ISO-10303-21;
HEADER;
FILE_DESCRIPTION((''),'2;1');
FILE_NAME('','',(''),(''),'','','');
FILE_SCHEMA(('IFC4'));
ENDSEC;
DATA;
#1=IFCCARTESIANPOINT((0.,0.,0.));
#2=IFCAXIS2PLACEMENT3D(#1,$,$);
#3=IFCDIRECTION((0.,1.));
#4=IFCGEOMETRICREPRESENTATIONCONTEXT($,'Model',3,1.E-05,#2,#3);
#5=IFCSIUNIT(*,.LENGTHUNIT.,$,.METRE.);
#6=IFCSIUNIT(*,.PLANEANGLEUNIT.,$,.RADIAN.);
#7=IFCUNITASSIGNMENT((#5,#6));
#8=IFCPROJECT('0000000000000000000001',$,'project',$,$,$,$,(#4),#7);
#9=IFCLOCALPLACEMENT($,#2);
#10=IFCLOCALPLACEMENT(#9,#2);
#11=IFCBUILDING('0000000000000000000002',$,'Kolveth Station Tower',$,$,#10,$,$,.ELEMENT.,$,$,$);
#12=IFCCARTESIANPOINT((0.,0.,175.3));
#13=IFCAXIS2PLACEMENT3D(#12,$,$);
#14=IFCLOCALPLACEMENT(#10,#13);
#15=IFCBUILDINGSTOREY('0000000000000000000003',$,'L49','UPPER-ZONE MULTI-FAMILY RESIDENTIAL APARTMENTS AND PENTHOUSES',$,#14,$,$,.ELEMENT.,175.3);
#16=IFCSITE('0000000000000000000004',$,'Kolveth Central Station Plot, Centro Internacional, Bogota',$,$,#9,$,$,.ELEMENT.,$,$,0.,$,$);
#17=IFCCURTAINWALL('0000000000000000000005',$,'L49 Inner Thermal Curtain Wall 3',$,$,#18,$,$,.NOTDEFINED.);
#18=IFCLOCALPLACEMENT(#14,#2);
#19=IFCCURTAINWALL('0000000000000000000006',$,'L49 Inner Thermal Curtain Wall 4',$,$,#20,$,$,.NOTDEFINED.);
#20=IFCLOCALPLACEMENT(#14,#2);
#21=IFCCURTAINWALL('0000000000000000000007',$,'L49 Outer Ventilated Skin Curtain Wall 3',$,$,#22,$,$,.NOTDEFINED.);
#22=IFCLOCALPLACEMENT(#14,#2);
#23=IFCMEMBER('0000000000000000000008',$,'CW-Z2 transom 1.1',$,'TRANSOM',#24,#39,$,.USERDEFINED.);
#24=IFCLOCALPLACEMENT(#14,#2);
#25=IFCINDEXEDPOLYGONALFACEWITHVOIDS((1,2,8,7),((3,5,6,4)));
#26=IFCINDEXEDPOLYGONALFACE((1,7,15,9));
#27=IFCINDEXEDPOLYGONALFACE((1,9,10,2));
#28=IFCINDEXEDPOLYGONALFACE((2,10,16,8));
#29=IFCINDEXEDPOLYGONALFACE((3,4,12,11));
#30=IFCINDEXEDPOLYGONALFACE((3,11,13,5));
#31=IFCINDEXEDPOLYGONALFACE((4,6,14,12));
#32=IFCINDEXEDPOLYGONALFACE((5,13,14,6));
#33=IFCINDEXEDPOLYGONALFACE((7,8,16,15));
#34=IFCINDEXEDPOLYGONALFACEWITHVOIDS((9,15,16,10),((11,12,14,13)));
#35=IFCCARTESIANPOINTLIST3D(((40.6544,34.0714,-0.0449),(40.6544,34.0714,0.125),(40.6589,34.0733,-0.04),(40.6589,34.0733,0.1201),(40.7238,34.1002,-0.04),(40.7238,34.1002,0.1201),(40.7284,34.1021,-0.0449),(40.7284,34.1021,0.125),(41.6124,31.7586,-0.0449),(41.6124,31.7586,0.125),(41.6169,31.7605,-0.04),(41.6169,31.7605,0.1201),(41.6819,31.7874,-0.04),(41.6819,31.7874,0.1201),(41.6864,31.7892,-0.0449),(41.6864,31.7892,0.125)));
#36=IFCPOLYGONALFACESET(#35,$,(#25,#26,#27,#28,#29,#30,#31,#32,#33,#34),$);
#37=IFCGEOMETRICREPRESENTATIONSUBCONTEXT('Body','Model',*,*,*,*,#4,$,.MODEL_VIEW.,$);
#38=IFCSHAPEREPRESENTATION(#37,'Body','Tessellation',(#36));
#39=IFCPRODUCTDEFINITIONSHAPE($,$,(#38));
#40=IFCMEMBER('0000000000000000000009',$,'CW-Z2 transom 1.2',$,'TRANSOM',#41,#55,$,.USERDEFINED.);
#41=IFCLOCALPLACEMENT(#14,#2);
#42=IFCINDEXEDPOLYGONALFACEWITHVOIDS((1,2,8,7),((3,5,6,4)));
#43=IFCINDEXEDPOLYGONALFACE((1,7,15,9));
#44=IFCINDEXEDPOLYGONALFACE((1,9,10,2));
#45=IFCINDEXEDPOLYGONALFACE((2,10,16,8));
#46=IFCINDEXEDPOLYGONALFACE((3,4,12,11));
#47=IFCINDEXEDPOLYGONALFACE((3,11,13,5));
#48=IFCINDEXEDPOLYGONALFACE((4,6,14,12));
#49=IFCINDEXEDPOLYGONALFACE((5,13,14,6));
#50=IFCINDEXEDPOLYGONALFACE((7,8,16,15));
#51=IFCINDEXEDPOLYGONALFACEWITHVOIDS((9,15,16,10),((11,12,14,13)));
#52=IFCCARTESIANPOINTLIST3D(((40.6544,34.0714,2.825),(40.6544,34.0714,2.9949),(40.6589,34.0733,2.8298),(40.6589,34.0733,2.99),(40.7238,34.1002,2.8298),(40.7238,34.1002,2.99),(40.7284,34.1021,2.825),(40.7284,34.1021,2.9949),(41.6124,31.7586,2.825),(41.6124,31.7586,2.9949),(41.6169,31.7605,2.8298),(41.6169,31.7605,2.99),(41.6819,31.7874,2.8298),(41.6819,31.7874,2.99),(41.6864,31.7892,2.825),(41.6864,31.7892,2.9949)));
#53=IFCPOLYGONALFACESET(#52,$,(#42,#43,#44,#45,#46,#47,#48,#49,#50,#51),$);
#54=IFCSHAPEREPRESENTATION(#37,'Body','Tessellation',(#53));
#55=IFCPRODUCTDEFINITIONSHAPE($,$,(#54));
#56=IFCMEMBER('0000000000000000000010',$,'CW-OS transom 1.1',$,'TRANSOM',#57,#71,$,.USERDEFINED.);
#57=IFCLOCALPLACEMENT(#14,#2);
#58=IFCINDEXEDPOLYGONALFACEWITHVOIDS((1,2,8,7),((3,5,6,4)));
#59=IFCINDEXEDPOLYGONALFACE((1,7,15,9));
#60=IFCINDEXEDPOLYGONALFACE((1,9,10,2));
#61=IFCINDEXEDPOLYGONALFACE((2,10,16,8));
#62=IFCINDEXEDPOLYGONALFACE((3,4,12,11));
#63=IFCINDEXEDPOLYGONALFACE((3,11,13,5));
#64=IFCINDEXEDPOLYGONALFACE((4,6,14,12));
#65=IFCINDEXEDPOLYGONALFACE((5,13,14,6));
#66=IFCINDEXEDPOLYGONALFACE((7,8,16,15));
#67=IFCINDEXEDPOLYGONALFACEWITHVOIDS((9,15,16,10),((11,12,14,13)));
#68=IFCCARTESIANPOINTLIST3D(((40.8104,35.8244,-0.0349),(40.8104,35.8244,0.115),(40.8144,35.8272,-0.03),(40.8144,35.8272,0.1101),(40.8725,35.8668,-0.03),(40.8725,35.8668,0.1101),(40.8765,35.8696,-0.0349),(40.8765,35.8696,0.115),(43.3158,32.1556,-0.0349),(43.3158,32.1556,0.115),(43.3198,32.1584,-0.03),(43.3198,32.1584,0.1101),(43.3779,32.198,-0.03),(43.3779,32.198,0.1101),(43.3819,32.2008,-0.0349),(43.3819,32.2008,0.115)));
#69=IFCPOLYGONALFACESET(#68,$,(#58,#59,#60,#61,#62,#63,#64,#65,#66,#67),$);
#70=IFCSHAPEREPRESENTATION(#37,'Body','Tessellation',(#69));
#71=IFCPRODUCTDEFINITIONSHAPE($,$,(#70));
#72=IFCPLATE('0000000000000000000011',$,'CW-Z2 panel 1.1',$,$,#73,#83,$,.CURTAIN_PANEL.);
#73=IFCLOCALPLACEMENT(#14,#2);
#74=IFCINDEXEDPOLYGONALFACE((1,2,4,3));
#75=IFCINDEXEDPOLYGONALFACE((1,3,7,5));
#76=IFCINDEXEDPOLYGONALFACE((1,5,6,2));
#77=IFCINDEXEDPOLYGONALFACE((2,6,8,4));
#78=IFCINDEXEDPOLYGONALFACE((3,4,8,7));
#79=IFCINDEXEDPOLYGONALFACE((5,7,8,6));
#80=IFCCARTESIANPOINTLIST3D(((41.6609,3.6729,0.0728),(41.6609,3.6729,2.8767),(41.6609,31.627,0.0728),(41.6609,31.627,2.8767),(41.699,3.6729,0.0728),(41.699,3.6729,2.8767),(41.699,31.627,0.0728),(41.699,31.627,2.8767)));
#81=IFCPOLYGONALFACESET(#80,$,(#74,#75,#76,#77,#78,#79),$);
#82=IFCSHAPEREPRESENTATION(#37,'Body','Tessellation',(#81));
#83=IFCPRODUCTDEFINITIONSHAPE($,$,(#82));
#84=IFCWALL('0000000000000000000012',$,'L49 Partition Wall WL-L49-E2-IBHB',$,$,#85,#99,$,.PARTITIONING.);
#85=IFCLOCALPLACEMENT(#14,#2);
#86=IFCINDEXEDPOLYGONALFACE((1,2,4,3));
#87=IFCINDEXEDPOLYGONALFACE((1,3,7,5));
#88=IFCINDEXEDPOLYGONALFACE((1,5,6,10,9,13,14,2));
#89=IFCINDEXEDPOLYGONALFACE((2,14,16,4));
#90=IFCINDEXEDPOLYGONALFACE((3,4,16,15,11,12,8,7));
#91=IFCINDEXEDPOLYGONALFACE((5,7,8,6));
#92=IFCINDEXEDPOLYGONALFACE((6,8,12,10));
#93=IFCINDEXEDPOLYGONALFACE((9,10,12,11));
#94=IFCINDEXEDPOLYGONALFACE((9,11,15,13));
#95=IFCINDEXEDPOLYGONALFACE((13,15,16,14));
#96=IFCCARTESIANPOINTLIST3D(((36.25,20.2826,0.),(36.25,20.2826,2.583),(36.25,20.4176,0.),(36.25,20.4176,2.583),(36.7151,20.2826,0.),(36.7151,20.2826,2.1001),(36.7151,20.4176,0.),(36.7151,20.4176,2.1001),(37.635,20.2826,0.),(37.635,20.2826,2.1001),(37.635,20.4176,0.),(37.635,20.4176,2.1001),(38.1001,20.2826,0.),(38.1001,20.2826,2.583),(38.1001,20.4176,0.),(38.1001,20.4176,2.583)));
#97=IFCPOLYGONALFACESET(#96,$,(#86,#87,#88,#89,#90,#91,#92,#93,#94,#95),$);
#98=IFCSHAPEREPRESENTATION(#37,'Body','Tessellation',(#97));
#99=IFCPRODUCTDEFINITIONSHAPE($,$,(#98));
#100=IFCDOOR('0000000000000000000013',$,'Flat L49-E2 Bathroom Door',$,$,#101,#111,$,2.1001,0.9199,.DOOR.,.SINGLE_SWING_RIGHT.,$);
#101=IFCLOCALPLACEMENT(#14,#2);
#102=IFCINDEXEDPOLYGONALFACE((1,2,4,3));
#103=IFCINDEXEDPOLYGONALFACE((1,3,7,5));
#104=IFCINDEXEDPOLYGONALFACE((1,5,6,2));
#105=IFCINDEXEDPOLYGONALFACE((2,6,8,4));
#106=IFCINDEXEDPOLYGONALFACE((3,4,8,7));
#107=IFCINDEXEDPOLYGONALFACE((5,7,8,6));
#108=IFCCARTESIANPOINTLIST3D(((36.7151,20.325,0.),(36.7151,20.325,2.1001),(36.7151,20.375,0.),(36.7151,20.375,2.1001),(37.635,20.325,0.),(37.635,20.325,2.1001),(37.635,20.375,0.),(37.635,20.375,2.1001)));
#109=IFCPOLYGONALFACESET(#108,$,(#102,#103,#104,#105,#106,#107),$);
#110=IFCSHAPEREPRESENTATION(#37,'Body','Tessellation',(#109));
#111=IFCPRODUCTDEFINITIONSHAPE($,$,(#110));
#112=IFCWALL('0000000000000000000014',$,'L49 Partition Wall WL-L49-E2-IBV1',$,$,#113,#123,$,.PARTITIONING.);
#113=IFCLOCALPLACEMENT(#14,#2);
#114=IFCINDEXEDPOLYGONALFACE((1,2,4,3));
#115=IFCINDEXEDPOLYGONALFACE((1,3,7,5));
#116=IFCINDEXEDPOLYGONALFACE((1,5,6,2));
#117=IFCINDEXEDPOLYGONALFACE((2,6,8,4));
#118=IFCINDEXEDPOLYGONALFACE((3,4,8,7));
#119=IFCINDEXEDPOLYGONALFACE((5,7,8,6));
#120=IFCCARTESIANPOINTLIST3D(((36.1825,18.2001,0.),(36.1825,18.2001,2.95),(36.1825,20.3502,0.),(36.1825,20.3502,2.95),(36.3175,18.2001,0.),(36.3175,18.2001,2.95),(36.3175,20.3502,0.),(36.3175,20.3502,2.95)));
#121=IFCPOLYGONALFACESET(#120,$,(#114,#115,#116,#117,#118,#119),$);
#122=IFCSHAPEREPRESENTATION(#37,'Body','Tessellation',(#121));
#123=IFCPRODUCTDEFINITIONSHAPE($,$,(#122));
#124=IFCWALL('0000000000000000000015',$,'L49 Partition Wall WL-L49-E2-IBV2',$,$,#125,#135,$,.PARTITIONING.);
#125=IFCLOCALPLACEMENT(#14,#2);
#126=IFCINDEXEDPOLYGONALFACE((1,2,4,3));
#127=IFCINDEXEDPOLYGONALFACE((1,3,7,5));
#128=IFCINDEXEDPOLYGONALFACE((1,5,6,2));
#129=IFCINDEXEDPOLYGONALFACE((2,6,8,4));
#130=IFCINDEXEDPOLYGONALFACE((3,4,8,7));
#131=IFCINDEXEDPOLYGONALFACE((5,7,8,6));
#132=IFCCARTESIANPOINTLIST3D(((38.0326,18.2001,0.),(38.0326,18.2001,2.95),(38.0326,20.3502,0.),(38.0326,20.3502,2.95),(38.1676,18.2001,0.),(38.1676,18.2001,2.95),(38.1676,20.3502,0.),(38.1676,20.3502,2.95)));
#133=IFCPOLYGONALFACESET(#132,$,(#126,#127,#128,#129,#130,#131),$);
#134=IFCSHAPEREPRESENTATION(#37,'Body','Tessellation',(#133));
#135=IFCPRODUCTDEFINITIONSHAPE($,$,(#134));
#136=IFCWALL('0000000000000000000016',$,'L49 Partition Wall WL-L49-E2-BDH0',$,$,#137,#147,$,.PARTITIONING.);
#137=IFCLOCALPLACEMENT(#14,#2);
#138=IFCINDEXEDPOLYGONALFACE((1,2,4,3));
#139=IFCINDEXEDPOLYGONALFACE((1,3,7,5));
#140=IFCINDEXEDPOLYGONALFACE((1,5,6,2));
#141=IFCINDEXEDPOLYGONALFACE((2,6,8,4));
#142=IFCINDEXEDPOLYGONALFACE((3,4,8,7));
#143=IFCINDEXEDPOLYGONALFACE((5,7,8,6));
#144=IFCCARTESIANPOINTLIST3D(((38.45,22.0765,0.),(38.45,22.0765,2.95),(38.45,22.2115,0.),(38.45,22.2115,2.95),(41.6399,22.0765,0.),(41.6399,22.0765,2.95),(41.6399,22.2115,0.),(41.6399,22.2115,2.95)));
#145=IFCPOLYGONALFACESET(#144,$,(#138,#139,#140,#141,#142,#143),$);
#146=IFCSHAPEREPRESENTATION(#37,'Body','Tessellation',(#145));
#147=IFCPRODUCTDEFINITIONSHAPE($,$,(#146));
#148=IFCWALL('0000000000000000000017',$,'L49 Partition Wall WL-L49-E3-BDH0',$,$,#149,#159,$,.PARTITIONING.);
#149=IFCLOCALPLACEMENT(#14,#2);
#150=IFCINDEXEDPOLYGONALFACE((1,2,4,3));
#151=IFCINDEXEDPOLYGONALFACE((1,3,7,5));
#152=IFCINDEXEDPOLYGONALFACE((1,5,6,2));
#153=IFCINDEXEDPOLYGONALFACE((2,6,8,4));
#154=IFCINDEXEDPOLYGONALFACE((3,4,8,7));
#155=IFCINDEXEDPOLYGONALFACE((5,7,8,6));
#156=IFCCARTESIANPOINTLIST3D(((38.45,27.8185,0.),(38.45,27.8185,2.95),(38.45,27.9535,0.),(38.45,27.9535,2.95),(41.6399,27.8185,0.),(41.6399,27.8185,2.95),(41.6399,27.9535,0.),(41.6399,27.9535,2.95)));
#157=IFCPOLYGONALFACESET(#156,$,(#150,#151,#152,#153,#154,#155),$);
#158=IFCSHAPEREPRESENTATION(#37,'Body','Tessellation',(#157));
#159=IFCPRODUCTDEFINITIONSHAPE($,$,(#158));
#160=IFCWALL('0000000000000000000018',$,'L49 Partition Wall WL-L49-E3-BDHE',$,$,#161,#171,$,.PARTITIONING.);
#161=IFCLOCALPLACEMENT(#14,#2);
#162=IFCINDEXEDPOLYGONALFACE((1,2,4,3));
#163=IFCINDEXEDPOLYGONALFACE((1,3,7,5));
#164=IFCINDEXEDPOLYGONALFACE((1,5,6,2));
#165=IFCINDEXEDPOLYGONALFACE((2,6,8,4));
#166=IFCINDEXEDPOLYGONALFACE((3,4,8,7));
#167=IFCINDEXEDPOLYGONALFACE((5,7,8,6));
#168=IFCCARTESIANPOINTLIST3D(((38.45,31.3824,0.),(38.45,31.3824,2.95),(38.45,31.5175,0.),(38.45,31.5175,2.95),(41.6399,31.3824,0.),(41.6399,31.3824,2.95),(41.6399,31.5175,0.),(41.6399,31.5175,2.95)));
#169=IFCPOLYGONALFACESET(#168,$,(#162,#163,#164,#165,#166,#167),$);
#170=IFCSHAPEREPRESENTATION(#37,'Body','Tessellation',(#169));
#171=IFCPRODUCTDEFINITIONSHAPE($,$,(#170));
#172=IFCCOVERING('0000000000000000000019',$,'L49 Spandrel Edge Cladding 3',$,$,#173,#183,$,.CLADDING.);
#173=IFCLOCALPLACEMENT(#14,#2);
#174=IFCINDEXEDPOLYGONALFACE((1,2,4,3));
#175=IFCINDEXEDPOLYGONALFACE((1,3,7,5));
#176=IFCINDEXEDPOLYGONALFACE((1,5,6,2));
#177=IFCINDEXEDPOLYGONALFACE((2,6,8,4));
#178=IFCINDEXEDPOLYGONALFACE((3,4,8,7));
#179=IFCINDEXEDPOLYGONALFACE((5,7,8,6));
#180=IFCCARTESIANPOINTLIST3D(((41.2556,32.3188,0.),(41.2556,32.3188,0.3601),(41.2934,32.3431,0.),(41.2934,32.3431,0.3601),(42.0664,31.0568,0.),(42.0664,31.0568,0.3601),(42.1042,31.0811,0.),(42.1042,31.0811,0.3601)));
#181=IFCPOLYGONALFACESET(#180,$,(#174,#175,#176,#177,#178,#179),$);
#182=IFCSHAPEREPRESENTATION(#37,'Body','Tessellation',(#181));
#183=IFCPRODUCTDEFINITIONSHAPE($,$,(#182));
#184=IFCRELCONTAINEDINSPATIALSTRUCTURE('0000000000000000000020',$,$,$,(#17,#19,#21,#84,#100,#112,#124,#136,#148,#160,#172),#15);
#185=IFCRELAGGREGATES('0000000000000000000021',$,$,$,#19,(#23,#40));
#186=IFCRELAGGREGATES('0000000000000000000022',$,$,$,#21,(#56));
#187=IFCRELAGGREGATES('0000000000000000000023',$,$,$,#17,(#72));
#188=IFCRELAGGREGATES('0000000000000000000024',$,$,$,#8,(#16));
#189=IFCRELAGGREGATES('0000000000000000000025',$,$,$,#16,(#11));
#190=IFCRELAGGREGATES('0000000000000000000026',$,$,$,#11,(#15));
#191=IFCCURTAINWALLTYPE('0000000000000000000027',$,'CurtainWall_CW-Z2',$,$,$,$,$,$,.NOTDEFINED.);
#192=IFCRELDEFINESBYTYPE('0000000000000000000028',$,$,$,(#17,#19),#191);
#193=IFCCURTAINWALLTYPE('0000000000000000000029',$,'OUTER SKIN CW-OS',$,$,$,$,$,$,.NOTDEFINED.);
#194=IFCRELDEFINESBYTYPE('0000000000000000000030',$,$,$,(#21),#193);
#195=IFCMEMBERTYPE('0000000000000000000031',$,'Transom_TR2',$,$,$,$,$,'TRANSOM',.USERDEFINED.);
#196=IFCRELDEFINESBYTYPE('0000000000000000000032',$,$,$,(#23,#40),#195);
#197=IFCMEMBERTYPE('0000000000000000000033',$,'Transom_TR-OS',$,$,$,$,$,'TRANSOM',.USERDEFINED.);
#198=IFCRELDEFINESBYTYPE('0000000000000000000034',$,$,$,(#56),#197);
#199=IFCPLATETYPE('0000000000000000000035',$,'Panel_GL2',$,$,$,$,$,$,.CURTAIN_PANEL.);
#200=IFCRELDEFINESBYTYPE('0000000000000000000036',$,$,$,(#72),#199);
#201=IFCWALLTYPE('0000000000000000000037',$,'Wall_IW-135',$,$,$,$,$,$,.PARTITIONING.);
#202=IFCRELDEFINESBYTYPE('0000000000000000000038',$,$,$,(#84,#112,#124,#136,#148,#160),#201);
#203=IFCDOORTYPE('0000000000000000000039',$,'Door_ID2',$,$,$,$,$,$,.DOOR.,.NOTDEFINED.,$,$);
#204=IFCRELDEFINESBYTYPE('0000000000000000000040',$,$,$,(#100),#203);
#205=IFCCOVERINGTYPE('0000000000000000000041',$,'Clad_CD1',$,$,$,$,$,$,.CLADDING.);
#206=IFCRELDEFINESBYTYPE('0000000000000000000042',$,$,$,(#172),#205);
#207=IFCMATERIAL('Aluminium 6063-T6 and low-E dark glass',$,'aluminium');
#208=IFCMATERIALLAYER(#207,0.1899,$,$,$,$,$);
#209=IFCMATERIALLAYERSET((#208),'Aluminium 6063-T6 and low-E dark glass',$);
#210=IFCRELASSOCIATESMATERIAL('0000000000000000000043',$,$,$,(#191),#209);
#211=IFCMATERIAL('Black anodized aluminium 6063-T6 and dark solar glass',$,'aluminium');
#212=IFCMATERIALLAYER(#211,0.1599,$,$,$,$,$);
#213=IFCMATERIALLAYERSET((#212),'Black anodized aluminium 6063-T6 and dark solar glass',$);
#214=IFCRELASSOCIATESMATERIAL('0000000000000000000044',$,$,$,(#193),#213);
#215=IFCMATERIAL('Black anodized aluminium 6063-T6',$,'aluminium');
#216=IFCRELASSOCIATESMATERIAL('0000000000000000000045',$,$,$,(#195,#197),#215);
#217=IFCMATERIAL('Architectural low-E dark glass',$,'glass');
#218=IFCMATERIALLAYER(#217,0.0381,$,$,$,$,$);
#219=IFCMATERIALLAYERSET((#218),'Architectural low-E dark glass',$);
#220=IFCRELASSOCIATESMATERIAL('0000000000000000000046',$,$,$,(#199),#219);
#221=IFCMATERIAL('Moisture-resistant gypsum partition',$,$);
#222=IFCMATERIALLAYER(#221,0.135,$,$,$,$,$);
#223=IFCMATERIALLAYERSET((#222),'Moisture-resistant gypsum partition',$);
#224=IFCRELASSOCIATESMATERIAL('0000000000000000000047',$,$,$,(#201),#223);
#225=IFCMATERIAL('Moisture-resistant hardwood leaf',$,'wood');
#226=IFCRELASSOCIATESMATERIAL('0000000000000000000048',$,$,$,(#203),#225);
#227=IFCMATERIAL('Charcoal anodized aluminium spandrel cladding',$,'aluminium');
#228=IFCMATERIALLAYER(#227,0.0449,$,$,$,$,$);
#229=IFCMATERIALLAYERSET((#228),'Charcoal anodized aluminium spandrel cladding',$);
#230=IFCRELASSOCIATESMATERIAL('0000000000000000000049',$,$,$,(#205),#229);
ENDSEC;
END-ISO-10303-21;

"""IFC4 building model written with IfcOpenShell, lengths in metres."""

from ifc_helpers import new_model, si_unit, direction, frame, frame_2d, origin, origin_2d, place, context, subcontext, project, spatial, rectangle, hollow_rectangle, extrude, source, transform, mapped, material, layer, layer_set, material_profile, profile_set, type_object, element, fill, aggregate, save


model = new_model("IFC4")

# Units and contexts
model_context = context("Model", 3, precision=1e-05, world=origin(), true_north=direction((0.0, 1.0)))
body_context = subcontext(model_context, "Body", "Model", "MODEL_VIEW")
ifc_project = project(units=[si_unit("LENGTHUNIT", "METRE"), si_unit("PLANEANGLEUNIT", "RADIAN")], contexts=[model_context])

# Site, building, storey
site_placement = place(None, origin())
site = spatial("IfcSite", under=ifc_project, at=site_placement, Name="Kolveth Central Station Plot, Centro Internacional, Bogota", CompositionType="ELEMENT", RefElevation=0.0)
building_placement = place(site_placement, origin())
building = spatial("IfcBuilding", under=site, at=building_placement, Name="Kolveth Station Tower", CompositionType="ELEMENT")
storey_placement = place(building_placement, frame((0.0, 0.0, 175.3)))
storey = spatial("IfcBuildingStorey", under=building, at=storey_placement, Name="L49", Description="UPPER-ZONE MULTI-FAMILY RESIDENTIAL APARTMENTS AND PENTHOUSES", CompositionType="ELEMENT", Elevation=175.3)

# Curtain walls
ifc_material_1 = material(Name="Aluminium 6063-T6 and low-E dark glass", Category="aluminium")
ifc_layer_1 = layer(ifc_material_1, 0.1899)
ifc_layer_set_1 = layer_set([ifc_layer_1], Name="Aluminium 6063-T6 and low-E dark glass")
curtain_wall_type_1 = type_object("IfcCurtainWallType", Name="CurtainWall_CW-Z2", PredefinedType="NOTDEFINED", material=ifc_layer_set_1)
curtain_wall_1_placement = place(storey_placement, origin())
curtain_wall_1 = element("IfcCurtainWall", 1, at=curtain_wall_1_placement, inside=storey, type_object=curtain_wall_type_1, Name="L49 Inner Thermal Curtain Wall 3", PredefinedType="NOTDEFINED")
ifc_material_2 = material(Name="Black anodized aluminium 6063-T6", Category="aluminium")
curtain_wall_2_placement = place(storey_placement, origin())
curtain_wall_2 = element("IfcCurtainWall", 2, at=curtain_wall_2_placement, inside=storey, type_object=curtain_wall_type_1, Name="L49 Inner Thermal Curtain Wall 4", PredefinedType="NOTDEFINED")
ifc_material_3 = material(Name="Black anodized aluminium 6063-T6 and dark solar glass", Category="aluminium")
ifc_layer_2 = layer(ifc_material_3, 0.1599)
ifc_layer_set_2 = layer_set([ifc_layer_2], Name="Black anodized aluminium 6063-T6 and dark solar glass")
curtain_wall_type_2 = type_object("IfcCurtainWallType", Name="OUTER SKIN CW-OS", PredefinedType="NOTDEFINED", material=ifc_layer_set_2)
curtain_wall_3_placement = place(storey_placement, origin())
curtain_wall_3 = element("IfcCurtainWall", 3, at=curtain_wall_3_placement, inside=storey, type_object=curtain_wall_type_2, Name="L49 Outer Ventilated Skin Curtain Wall 3", PredefinedType="NOTDEFINED")

# Members
ifc_material_profile_1 = material_profile(ifc_material_2, hollow_rectangle(XDim=0.0801, YDim=0.1699, WallThickness=0.0049, at=origin_2d()), Name="ALU-80x170x5")
ifc_profile_set_1 = profile_set([ifc_material_profile_1], Name="Black anodized aluminium 6063-T6")
member_type_1 = type_object("IfcMemberType", Name="Transom_TR2", ElementType="TRANSOM", PredefinedType="USERDEFINED", material=ifc_profile_set_1)
shared_shape_1 = source(origin(), body_context, "Body", "SweptSolid", [
    extrude(hollow_rectangle(XDim=0.0801, YDim=0.1699, WallThickness=0.0049, at=origin_2d()), origin(), (0.0, 0.0, 1.0), 2.5034),
])
member_1_placement = place(storey_placement, frame((41.6494, 31.7739, 0.04), z_axis=(-0.382696, 0.923874, 0.0), x_axis=(-0.923874, -0.382696, 0.0)))
member_1 = element("IfcMember", 4, at=member_1_placement, type_object=member_type_1, Name="CW-Z2 transom 1.1", ObjectType="TRANSOM", PredefinedType="USERDEFINED", context=body_context, shape_type="MappedRepresentation", body=[
    mapped(shared_shape_1, transform((0.0, 0.0, 0.0), x_axis=(1.0, 0.0, 0.0), y_axis=(0.0, 1.0, 0.0), z_axis=(0.0, 0.0, 1.0), scale=1.0)),
])
member_2_placement = place(storey_placement, frame((41.6494, 31.7739, 2.9099), z_axis=(-0.382696, 0.923874, 0.0), x_axis=(-0.923874, -0.382696, 0.0)))
member_2 = element("IfcMember", 5, at=member_2_placement, type_object=member_type_1, Name="CW-Z2 transom 1.2", ObjectType="TRANSOM", PredefinedType="USERDEFINED", context=body_context, shape_type="MappedRepresentation", body=[
    mapped(shared_shape_1, transform((0.0, 0.0, 0.0), x_axis=(1.0, 0.0, 0.0), y_axis=(0.0, 1.0, 0.0), z_axis=(0.0, 0.0, 1.0), scale=1.0)),
])
aggregate(curtain_wall_2, [member_1, member_2])
ifc_material_profile_2 = material_profile(ifc_material_2, hollow_rectangle(XDim=0.0801, YDim=0.1499, WallThickness=0.0049, at=origin_2d()), Name="ALU-80x150x5")
ifc_profile_set_2 = profile_set([ifc_material_profile_2], Name="Black anodized aluminium 6063-T6")
member_type_2 = type_object("IfcMemberType", Name="Transom_TR-OS", ElementType="TRANSOM", PredefinedType="USERDEFINED", material=ifc_profile_set_2)
shared_shape_2 = source(origin(), body_context, "Body", "SweptSolid", [
    extrude(hollow_rectangle(XDim=0.0801, YDim=0.1499, WallThickness=0.0049, at=origin_2d()), origin(), (0.0, 0.0, 1.0), 4.4426),
])
member_3_placement = place(storey_placement, frame((43.3489, 32.1782, 0.04), z_axis=(-0.563949, 0.82581, 0.0), x_axis=(-0.82581, -0.563949, 0.0)))
member_3 = element("IfcMember", 6, at=member_3_placement, type_object=member_type_2, Name="CW-OS transom 1.1", ObjectType="TRANSOM", PredefinedType="USERDEFINED", context=body_context, shape_type="MappedRepresentation", body=[
    mapped(shared_shape_2, transform((0.0, 0.0, 0.0), x_axis=(1.0, 0.0, 0.0), y_axis=(0.0, 1.0, 0.0), z_axis=(0.0, 0.0, 1.0), scale=1.0)),
])
aggregate(curtain_wall_3, [member_3])

# Plate
ifc_material_4 = material(Name="Architectural low-E dark glass", Category="glass")
ifc_layer_3 = layer(ifc_material_4, 0.0381)
ifc_layer_set_3 = layer_set([ifc_layer_3], Name="Architectural low-E dark glass")
plate_type = type_object("IfcPlateType", Name="Panel_GL2", PredefinedType="CURTAIN_PANEL", material=ifc_layer_set_3)
shared_shape_3 = source(origin(), body_context, "Body", "SweptSolid", [
    extrude(rectangle(XDim=27.9541, YDim=0.0381, at=origin_2d()), origin(), (0.0, 0.0, 1.0), 2.804),
])
plate_placement = place(storey_placement, frame((41.6799, 17.6499, 0.0728), z_axis=(0.0, 0.0, 1.0), x_axis=(0.0, 1.0, 0.0)))
plate = element("IfcPlate", 7, at=plate_placement, type_object=plate_type, Name="CW-Z2 panel 1.1", PredefinedType="CURTAIN_PANEL", context=body_context, shape_type="MappedRepresentation", body=[
    mapped(shared_shape_3, transform((0.0, 0.0, 0.0), x_axis=(1.0, 0.0, 0.0), y_axis=(0.0, 1.0, 0.0), z_axis=(0.0, 0.0, 1.0), scale=1.0)),
])
aggregate(curtain_wall_1, [plate])

# Wall, opening, door
ifc_material_5 = material(Name="Moisture-resistant gypsum partition")
ifc_layer_4 = layer(ifc_material_5, 0.135)
ifc_layer_set_4 = layer_set([ifc_layer_4], Name="Moisture-resistant gypsum partition")
wall_type = type_object("IfcWallType", Name="Wall_IW-135", PredefinedType="PARTITIONING", material=ifc_layer_set_4)
wall_1_placement = place(storey_placement, frame((36.25, 20.3501, 0.0), z_axis=(0.0, 0.0, 1.0), x_axis=(1.0, 0.0, 0.0)))
wall_1 = element("IfcWall", 8, at=wall_1_placement, inside=storey, type_object=wall_type, Name="L49 Partition Wall WL-L49-E2-IBHB", PredefinedType="PARTITIONING", context=body_context, shape_type="SweptSolid", body=[
    extrude(rectangle(XDim=1.8501, YDim=0.135, at=frame_2d((0.925, 0.0))), origin(), (0.0, 0.0, 1.0), 2.583),
])
opening_1_placement = place(wall_1_placement, frame((0.4651, 0.0, 0.0)))
opening_1 = element("IfcOpeningElement", 9, at=opening_1_placement, cuts=wall_1, PredefinedType="OPENING", context=body_context, shape_type="SweptSolid", body=[
    extrude(rectangle(XDim=0.9199, YDim=2.1001, at=frame_2d((0.46, 1.05))), frame((0.0, 0.0774, 0.0), z_axis=(0.0, -1.0, 0.0), x_axis=(1.0, 0.0, 0.0)), (0.0, 0.0, 1.0), 0.155),
])
ifc_material_6 = material(Name="Moisture-resistant hardwood leaf", Category="wood")
door_type_1 = type_object("IfcDoorType", Name="Door_ID2", OperationType="NOTDEFINED", PredefinedType="DOOR", material=ifc_material_6)
door_1_placement = place(opening_1_placement, origin())
door_1 = element("IfcDoor", 10, at=door_1_placement, inside=storey, type_object=door_type_1, Name="Flat L49-E2 Bathroom Door", OperationType="SINGLE_SWING_RIGHT", OverallHeight=2.1001, OverallWidth=0.9199, PredefinedType="DOOR", context=body_context, shape_type="SweptSolid", body=[
    extrude(rectangle(XDim=0.9199, YDim=2.1001, at=frame_2d((0.46, 1.05))), frame((0.0, 0.0249, 0.0), z_axis=(0.0, -1.0, 0.0), x_axis=(1.0, 0.0, 0.0)), (0.0, 0.0, 1.0), 0.05),
])
fill(opening_1, door_1)

# Walls
for number, where, z_axis, x_axis, name in (
    (11, (36.25, 18.2, 0.0), (0.0, 0.0, 1.0), (0.0, 1.0, 0.0), "L49 Partition Wall WL-L49-E2-IBV1"),
    (12, (38.1001, 18.2, 0.0), (0.0, 0.0, 1.0), (0.0, 1.0, 0.0), "L49 Partition Wall WL-L49-E2-IBV2"),
):
    element("IfcWall", number, at=place(storey_placement, frame(where, z_axis=z_axis, x_axis=x_axis)), inside=storey, type_object=wall_type, Name=name, PredefinedType="PARTITIONING", context=body_context, shape_type="SweptSolid", body=[
        extrude(rectangle(XDim=2.1501, YDim=0.135, at=frame_2d((1.0752, 0.0))), origin(), (0.0, 0.0, 1.0), 2.95),
    ])
wall_2_placement = place(storey_placement, frame((38.45, 22.144, 0.0), z_axis=(0.0, 0.0, 1.0), x_axis=(1.0, 0.0, 0.0)))
element("IfcWall", 13, at=wall_2_placement, inside=storey, type_object=wall_type, Name="L49 Partition Wall WL-L49-E2-BDH0", PredefinedType="PARTITIONING", context=body_context, shape_type="SweptSolid", body=[
    extrude(rectangle(XDim=3.1899, YDim=0.135, at=frame_2d((1.595, 0.0))), origin(), (0.0, 0.0, 1.0), 2.95),
])

# Walls
for number, where, z_axis, x_axis, name in (
    (14, (38.45, 27.886, 0.0), (0.0, 0.0, 1.0), (1.0, 0.0, 0.0), "L49 Partition Wall WL-L49-E3-BDH0"),
    (15, (38.45, 31.45, 0.0), (0.0, 0.0, 1.0), (1.0, 0.0, 0.0), "L49 Partition Wall WL-L49-E3-BDHE"),
):
    element("IfcWall", number, at=place(storey_placement, frame(where, z_axis=z_axis, x_axis=x_axis)), inside=storey, type_object=wall_type, Name=name, PredefinedType="PARTITIONING", context=body_context, shape_type="SweptSolid", body=[
        extrude(rectangle(XDim=3.1899, YDim=0.135, at=frame_2d((1.595, 0.0))), origin(), (0.0, 0.0, 1.0), 2.95),
    ])

# Covering
ifc_material_7 = material(Name="Charcoal anodized aluminium spandrel cladding", Category="aluminium")
ifc_layer_5 = layer(ifc_material_7, 0.0449)
ifc_layer_set_5 = layer_set([ifc_layer_5], Name="Charcoal anodized aluminium spandrel cladding")
covering_type = type_object("IfcCoveringType", Name="Clad_CD1", PredefinedType="CLADDING", material=ifc_layer_set_5)
shared_shape_4 = source(origin(), body_context, "Body", "SweptSolid", [
    extrude(rectangle(XDim=1.5, YDim=0.0449, at=origin_2d()), origin(), (0.0, 0.0, 1.0), 0.3601),
])
covering_placement = place(storey_placement, frame((41.6799, 31.7, 0.0), z_axis=(0.0, 0.0, 1.0), x_axis=(-0.540534, 0.841322, 0.0)))
element("IfcCovering", 16, at=covering_placement, inside=storey, type_object=covering_type, Name="L49 Spandrel Edge Cladding 3", PredefinedType="CLADDING", context=body_context, shape_type="MappedRepresentation", body=[
    mapped(shared_shape_4, transform((0.0, 0.0, 0.0), x_axis=(1.0, 0.0, 0.0), y_axis=(0.0, 1.0, 0.0), z_axis=(0.0, 0.0, 1.0), scale=1.0)),
])

save(model, "model.ifc")
